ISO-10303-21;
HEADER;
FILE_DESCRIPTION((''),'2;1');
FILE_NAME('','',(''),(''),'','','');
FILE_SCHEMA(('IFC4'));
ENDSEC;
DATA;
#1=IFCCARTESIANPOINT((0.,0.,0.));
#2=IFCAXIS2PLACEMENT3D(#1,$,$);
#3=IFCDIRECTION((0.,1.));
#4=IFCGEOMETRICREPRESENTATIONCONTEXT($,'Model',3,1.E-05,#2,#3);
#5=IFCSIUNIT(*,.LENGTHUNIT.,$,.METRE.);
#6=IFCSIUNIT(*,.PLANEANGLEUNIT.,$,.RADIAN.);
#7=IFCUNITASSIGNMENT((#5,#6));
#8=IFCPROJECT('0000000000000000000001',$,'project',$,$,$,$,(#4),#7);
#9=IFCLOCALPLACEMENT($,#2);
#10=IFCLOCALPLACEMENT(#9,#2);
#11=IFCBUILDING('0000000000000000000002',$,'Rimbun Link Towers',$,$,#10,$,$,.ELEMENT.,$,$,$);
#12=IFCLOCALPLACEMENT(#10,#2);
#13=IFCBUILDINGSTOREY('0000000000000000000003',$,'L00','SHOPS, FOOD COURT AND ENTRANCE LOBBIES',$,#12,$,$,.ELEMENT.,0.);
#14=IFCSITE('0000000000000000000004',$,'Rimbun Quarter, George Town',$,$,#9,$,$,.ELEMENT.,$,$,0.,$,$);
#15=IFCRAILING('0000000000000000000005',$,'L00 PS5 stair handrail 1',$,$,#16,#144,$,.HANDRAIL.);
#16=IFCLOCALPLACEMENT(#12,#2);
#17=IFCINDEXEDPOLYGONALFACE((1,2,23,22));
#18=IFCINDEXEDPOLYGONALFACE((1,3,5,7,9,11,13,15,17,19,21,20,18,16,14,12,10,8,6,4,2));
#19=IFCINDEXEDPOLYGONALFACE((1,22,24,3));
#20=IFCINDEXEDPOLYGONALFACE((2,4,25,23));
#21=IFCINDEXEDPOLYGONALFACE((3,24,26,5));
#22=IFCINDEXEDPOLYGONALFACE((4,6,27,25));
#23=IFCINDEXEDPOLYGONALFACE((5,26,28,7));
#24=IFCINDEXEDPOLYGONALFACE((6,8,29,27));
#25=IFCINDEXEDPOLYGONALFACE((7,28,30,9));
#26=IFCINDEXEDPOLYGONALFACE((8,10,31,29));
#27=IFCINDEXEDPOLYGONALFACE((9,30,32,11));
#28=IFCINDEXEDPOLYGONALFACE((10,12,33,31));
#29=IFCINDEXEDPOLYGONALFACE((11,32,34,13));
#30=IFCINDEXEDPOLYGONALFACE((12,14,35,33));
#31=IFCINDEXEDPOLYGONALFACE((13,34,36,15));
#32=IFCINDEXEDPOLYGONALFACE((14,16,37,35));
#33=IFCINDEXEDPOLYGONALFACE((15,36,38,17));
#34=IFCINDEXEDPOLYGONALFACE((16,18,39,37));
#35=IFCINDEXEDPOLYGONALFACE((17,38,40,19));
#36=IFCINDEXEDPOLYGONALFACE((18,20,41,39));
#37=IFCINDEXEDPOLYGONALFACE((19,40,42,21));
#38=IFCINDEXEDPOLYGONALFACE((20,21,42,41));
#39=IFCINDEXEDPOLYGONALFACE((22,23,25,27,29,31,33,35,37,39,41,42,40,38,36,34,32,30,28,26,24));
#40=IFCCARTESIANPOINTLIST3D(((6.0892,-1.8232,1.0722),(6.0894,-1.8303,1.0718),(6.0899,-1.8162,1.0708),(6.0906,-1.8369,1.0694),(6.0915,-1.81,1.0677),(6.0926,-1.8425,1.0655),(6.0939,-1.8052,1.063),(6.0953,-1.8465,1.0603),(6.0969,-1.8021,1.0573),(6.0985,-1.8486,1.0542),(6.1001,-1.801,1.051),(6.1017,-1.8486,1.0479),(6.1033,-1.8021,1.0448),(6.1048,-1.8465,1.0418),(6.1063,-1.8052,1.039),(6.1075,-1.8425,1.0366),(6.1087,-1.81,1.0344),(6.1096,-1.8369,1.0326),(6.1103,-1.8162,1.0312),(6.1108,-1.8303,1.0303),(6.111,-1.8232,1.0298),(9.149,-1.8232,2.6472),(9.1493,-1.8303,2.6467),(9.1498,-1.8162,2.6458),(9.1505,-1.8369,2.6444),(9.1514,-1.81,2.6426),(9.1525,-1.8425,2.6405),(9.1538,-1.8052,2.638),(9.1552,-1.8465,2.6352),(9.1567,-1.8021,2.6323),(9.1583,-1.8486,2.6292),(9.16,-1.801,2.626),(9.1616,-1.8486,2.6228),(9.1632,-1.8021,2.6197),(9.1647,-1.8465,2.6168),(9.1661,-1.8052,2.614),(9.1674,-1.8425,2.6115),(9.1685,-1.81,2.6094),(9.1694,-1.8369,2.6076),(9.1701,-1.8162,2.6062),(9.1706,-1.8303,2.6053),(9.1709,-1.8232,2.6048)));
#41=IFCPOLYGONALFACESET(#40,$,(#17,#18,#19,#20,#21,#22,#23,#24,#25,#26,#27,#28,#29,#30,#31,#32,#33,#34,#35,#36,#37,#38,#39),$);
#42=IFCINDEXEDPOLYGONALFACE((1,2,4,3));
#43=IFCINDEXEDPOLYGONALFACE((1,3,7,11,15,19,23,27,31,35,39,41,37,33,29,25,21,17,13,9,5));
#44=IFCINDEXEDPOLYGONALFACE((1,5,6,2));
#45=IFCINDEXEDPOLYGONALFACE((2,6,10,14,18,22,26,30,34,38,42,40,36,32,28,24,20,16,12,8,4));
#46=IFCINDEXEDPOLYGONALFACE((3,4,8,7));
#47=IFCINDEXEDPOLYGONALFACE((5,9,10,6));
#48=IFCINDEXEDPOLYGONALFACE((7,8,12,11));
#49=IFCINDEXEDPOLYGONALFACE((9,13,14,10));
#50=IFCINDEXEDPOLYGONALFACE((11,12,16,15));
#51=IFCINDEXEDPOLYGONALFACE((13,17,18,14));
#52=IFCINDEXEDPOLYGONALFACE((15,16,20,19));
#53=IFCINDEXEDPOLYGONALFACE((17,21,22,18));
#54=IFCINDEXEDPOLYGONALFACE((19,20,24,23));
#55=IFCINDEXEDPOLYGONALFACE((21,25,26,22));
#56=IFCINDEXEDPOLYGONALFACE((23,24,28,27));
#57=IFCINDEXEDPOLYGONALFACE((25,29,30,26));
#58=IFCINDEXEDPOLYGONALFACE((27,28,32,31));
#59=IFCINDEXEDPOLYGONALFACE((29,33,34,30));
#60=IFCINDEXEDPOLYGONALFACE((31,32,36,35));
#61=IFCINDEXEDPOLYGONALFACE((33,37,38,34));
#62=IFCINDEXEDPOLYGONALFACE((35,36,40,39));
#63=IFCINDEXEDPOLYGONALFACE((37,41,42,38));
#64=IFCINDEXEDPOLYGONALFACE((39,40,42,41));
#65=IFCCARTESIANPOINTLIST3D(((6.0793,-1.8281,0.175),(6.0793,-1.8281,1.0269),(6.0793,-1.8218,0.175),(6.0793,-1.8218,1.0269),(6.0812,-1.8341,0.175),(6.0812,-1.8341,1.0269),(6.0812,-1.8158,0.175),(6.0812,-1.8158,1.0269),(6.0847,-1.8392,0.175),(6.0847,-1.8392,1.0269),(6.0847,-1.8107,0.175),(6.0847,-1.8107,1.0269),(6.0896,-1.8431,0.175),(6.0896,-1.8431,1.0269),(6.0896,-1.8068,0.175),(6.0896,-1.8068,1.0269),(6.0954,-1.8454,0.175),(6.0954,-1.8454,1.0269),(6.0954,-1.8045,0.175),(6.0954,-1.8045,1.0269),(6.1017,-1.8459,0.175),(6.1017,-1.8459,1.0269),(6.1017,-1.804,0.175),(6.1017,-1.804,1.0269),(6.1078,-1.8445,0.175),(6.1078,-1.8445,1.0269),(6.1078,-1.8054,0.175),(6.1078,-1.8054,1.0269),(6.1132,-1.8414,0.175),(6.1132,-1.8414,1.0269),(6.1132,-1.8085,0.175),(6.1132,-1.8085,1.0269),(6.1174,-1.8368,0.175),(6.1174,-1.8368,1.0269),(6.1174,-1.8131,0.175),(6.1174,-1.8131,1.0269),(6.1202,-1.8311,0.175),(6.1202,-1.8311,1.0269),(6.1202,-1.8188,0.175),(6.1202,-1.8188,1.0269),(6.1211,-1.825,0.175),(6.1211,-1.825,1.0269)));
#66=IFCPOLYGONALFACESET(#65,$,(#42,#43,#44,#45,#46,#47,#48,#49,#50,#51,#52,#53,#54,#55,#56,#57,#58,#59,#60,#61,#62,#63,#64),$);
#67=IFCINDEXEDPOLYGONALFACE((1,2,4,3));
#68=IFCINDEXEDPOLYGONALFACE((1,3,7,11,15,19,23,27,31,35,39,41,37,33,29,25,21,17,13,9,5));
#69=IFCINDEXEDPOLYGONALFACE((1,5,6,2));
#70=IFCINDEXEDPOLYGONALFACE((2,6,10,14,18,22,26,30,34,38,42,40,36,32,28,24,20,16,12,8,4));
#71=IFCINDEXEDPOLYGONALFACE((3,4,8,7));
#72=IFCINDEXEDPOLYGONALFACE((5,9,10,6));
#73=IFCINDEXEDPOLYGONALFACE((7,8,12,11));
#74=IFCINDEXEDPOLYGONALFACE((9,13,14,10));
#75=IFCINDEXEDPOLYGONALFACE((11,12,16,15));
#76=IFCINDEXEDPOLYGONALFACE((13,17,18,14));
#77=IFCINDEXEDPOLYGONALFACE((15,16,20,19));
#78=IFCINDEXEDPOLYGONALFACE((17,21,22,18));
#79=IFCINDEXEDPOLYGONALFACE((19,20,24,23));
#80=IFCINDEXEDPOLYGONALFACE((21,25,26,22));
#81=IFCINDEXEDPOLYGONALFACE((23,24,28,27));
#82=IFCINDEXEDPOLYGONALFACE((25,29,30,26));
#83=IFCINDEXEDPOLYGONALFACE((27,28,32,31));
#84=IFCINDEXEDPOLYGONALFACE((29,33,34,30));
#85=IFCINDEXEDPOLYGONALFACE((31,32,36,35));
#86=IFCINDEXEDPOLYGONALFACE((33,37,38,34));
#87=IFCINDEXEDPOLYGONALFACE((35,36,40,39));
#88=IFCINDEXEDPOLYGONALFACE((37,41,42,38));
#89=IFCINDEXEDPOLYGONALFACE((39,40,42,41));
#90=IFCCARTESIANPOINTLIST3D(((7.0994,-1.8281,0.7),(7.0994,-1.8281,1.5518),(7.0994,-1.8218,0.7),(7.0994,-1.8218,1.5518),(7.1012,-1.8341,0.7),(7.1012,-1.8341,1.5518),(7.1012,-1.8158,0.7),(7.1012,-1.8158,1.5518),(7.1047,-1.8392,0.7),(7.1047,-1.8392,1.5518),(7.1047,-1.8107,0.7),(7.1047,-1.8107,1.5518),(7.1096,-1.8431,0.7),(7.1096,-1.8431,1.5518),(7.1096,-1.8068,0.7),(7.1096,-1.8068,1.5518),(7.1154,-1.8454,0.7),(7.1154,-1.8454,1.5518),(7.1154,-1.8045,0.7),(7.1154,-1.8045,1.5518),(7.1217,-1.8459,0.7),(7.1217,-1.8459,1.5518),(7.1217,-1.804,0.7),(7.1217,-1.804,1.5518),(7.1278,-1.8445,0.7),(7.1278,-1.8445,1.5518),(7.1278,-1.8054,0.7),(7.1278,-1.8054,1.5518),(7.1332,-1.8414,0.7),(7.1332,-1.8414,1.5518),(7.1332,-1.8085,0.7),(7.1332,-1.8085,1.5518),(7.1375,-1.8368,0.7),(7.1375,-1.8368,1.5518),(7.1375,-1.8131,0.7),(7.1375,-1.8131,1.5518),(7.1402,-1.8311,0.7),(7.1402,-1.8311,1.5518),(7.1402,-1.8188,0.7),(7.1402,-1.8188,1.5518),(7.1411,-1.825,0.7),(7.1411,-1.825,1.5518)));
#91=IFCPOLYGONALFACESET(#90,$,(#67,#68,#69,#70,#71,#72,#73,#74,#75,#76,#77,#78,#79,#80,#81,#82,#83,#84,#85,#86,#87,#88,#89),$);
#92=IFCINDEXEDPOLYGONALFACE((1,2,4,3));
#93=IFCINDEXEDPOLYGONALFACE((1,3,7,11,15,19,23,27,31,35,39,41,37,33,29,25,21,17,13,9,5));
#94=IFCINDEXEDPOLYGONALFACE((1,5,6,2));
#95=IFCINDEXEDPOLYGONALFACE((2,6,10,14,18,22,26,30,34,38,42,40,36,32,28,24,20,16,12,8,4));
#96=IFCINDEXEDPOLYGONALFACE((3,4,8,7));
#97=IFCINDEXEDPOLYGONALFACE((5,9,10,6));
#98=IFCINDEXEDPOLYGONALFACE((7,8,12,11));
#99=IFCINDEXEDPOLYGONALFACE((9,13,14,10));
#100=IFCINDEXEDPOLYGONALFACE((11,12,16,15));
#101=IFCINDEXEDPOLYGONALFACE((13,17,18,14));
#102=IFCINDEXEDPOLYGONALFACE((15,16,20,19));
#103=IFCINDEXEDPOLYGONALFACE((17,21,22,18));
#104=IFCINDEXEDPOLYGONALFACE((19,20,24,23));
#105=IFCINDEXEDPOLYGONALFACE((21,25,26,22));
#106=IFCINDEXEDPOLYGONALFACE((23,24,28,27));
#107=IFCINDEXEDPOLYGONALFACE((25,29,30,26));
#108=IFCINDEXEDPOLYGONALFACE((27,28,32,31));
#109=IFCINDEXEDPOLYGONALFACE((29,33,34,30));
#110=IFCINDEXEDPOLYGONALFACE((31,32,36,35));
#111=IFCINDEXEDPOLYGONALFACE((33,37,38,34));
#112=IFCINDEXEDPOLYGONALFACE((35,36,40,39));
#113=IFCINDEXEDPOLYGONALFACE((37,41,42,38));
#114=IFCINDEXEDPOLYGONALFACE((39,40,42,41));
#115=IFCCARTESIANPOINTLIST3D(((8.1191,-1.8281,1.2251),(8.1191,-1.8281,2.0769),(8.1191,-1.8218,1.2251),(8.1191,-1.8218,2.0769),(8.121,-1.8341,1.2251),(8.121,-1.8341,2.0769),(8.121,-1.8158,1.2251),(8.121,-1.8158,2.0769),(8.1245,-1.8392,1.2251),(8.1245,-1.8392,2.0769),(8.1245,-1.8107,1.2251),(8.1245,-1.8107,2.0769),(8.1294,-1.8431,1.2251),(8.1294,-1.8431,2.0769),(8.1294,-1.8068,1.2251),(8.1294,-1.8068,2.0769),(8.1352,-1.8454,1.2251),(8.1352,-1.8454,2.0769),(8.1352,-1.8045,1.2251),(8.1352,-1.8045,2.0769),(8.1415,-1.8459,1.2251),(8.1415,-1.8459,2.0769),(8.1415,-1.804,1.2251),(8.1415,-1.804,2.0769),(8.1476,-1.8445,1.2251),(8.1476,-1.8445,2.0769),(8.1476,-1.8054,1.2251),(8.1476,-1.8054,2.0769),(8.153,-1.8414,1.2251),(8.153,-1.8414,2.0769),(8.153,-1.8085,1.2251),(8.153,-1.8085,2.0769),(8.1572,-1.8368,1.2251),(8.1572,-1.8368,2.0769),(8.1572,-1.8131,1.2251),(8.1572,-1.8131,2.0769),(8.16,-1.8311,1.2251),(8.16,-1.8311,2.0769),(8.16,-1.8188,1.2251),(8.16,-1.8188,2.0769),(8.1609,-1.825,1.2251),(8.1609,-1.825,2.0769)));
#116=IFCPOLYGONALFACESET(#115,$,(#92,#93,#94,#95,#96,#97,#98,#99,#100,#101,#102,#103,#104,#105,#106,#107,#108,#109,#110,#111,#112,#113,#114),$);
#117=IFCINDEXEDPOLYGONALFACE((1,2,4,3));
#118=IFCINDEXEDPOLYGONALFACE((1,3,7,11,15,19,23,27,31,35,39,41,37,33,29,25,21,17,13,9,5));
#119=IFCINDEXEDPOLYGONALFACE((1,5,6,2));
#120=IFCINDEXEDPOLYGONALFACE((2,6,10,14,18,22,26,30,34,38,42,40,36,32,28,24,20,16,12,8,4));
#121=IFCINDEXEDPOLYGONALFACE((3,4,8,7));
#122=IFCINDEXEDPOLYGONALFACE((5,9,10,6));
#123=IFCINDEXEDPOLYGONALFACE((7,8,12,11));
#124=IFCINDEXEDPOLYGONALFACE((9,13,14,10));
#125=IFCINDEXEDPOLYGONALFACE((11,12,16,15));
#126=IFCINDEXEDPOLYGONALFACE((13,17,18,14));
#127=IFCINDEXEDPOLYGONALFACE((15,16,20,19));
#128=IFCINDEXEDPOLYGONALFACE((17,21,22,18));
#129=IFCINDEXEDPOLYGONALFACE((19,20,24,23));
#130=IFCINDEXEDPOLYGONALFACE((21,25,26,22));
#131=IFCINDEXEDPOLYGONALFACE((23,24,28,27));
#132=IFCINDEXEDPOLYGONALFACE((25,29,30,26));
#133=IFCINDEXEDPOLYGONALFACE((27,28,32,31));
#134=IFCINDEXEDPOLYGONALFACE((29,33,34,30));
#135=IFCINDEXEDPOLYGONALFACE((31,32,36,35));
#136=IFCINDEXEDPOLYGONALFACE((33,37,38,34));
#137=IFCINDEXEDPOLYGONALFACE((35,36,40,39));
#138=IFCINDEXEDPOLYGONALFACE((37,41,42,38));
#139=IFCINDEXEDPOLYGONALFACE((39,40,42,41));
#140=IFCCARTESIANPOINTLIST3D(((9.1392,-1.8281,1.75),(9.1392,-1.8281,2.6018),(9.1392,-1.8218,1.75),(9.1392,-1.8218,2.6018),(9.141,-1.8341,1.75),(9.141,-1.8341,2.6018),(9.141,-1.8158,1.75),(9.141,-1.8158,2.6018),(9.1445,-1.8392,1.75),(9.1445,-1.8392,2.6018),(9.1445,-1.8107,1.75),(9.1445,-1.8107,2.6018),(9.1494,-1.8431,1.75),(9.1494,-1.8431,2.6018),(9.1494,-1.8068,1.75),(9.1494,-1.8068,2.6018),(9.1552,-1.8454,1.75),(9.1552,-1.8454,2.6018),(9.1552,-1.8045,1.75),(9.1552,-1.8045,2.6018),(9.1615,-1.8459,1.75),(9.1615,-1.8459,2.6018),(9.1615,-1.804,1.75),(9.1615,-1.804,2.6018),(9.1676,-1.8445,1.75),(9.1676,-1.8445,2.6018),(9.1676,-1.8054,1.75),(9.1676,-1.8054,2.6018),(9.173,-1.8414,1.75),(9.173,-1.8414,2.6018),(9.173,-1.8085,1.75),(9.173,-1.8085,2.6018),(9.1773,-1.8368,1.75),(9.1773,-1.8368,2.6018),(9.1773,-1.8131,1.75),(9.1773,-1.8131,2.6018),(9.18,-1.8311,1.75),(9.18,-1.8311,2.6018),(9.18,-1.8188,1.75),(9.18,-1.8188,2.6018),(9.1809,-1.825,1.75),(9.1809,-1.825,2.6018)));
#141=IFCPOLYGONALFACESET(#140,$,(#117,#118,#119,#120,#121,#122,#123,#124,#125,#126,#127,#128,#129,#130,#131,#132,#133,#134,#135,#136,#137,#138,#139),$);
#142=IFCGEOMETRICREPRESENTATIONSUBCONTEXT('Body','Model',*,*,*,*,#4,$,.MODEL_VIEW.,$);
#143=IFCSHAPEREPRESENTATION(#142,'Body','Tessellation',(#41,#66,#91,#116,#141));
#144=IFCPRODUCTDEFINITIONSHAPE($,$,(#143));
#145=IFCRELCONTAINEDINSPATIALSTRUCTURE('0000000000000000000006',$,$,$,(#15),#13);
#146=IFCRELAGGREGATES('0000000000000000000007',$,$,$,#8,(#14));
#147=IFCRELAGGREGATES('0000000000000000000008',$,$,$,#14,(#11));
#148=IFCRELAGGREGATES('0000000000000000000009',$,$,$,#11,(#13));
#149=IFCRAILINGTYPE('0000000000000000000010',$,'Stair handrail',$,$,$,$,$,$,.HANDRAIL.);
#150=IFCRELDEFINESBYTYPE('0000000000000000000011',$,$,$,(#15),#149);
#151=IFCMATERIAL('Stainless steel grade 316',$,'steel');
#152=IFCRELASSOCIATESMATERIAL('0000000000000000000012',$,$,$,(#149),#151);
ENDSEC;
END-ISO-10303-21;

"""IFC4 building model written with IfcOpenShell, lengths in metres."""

from ifc_helpers import new_model, si_unit, direction, frame, origin, origin_2d, place, context, subcontext, project, spatial, circle, extrude, material, type_object, element, save


model = new_model("IFC4")

# Units and contexts
model_context = context("Model", 3, precision=1e-05, world=origin(), true_north=direction((0.0, 1.0)))
body_context = subcontext(model_context, "Body", "Model", "MODEL_VIEW")
ifc_project = project(units=[si_unit("LENGTHUNIT", "METRE"), si_unit("PLANEANGLEUNIT", "RADIAN")], contexts=[model_context])

# Site, building, storey
site_placement = place(None, origin())
site = spatial("IfcSite", under=ifc_project, at=site_placement, Name="Rimbun Quarter, George Town", CompositionType="ELEMENT", RefElevation=0.0)
building_placement = place(site_placement, origin())
building = spatial("IfcBuilding", under=site, at=building_placement, Name="Rimbun Link Towers", CompositionType="ELEMENT")
storey_placement = place(building_placement, origin())
storey = spatial("IfcBuildingStorey", under=building, at=storey_placement, Name="L00", Description="SHOPS, FOOD COURT AND ENTRANCE LOBBIES", CompositionType="ELEMENT", Elevation=0.0)

# Railing
ifc_material_1 = material(Name="Stainless steel grade 316", Category="steel")
railing_type_1 = type_object("IfcRailingType", Name="Stair handrail", PredefinedType="HANDRAIL", material=ifc_material_1)
for number, where, name in (
    (1, (6.1001, -1.825, 0.175), "L00 PS5 stair handrail 1"),
):
    element("IfcRailing", number, at=place(storey_placement, frame(where)), inside=storey, type_object=railing_type_1, Name=name, PredefinedType="HANDRAIL", context=body_context, shape_type="SweptSolid", body=[
        extrude(circle(Radius=0.0239, at=origin_2d()), frame((0.0, 0.0, 0.876), z_axis=(0.88913, 0.0, 0.457654), x_axis=(0.0, 1.0, 0.0)), (0.0, 0.0, 1.0), 3.4414),
        extrude(circle(Radius=0.021, at=origin_2d()), origin(), (0.0, 0.0, 1.0), 0.8518),
        extrude(circle(Radius=0.021, at=origin_2d()), frame((1.02, 0.0, 0.5249)), (0.0, 0.0, 1.0), 0.8518),
        extrude(circle(Radius=0.021, at=origin_2d()), frame((2.0398, 0.0, 1.05)), (0.0, 0.0, 1.0), 0.8518),
        extrude(circle(Radius=0.021, at=origin_2d()), frame((3.0598, 0.0, 1.575)), (0.0, 0.0, 1.0), 0.8518),
    ])

save(model, "model.ifc")
